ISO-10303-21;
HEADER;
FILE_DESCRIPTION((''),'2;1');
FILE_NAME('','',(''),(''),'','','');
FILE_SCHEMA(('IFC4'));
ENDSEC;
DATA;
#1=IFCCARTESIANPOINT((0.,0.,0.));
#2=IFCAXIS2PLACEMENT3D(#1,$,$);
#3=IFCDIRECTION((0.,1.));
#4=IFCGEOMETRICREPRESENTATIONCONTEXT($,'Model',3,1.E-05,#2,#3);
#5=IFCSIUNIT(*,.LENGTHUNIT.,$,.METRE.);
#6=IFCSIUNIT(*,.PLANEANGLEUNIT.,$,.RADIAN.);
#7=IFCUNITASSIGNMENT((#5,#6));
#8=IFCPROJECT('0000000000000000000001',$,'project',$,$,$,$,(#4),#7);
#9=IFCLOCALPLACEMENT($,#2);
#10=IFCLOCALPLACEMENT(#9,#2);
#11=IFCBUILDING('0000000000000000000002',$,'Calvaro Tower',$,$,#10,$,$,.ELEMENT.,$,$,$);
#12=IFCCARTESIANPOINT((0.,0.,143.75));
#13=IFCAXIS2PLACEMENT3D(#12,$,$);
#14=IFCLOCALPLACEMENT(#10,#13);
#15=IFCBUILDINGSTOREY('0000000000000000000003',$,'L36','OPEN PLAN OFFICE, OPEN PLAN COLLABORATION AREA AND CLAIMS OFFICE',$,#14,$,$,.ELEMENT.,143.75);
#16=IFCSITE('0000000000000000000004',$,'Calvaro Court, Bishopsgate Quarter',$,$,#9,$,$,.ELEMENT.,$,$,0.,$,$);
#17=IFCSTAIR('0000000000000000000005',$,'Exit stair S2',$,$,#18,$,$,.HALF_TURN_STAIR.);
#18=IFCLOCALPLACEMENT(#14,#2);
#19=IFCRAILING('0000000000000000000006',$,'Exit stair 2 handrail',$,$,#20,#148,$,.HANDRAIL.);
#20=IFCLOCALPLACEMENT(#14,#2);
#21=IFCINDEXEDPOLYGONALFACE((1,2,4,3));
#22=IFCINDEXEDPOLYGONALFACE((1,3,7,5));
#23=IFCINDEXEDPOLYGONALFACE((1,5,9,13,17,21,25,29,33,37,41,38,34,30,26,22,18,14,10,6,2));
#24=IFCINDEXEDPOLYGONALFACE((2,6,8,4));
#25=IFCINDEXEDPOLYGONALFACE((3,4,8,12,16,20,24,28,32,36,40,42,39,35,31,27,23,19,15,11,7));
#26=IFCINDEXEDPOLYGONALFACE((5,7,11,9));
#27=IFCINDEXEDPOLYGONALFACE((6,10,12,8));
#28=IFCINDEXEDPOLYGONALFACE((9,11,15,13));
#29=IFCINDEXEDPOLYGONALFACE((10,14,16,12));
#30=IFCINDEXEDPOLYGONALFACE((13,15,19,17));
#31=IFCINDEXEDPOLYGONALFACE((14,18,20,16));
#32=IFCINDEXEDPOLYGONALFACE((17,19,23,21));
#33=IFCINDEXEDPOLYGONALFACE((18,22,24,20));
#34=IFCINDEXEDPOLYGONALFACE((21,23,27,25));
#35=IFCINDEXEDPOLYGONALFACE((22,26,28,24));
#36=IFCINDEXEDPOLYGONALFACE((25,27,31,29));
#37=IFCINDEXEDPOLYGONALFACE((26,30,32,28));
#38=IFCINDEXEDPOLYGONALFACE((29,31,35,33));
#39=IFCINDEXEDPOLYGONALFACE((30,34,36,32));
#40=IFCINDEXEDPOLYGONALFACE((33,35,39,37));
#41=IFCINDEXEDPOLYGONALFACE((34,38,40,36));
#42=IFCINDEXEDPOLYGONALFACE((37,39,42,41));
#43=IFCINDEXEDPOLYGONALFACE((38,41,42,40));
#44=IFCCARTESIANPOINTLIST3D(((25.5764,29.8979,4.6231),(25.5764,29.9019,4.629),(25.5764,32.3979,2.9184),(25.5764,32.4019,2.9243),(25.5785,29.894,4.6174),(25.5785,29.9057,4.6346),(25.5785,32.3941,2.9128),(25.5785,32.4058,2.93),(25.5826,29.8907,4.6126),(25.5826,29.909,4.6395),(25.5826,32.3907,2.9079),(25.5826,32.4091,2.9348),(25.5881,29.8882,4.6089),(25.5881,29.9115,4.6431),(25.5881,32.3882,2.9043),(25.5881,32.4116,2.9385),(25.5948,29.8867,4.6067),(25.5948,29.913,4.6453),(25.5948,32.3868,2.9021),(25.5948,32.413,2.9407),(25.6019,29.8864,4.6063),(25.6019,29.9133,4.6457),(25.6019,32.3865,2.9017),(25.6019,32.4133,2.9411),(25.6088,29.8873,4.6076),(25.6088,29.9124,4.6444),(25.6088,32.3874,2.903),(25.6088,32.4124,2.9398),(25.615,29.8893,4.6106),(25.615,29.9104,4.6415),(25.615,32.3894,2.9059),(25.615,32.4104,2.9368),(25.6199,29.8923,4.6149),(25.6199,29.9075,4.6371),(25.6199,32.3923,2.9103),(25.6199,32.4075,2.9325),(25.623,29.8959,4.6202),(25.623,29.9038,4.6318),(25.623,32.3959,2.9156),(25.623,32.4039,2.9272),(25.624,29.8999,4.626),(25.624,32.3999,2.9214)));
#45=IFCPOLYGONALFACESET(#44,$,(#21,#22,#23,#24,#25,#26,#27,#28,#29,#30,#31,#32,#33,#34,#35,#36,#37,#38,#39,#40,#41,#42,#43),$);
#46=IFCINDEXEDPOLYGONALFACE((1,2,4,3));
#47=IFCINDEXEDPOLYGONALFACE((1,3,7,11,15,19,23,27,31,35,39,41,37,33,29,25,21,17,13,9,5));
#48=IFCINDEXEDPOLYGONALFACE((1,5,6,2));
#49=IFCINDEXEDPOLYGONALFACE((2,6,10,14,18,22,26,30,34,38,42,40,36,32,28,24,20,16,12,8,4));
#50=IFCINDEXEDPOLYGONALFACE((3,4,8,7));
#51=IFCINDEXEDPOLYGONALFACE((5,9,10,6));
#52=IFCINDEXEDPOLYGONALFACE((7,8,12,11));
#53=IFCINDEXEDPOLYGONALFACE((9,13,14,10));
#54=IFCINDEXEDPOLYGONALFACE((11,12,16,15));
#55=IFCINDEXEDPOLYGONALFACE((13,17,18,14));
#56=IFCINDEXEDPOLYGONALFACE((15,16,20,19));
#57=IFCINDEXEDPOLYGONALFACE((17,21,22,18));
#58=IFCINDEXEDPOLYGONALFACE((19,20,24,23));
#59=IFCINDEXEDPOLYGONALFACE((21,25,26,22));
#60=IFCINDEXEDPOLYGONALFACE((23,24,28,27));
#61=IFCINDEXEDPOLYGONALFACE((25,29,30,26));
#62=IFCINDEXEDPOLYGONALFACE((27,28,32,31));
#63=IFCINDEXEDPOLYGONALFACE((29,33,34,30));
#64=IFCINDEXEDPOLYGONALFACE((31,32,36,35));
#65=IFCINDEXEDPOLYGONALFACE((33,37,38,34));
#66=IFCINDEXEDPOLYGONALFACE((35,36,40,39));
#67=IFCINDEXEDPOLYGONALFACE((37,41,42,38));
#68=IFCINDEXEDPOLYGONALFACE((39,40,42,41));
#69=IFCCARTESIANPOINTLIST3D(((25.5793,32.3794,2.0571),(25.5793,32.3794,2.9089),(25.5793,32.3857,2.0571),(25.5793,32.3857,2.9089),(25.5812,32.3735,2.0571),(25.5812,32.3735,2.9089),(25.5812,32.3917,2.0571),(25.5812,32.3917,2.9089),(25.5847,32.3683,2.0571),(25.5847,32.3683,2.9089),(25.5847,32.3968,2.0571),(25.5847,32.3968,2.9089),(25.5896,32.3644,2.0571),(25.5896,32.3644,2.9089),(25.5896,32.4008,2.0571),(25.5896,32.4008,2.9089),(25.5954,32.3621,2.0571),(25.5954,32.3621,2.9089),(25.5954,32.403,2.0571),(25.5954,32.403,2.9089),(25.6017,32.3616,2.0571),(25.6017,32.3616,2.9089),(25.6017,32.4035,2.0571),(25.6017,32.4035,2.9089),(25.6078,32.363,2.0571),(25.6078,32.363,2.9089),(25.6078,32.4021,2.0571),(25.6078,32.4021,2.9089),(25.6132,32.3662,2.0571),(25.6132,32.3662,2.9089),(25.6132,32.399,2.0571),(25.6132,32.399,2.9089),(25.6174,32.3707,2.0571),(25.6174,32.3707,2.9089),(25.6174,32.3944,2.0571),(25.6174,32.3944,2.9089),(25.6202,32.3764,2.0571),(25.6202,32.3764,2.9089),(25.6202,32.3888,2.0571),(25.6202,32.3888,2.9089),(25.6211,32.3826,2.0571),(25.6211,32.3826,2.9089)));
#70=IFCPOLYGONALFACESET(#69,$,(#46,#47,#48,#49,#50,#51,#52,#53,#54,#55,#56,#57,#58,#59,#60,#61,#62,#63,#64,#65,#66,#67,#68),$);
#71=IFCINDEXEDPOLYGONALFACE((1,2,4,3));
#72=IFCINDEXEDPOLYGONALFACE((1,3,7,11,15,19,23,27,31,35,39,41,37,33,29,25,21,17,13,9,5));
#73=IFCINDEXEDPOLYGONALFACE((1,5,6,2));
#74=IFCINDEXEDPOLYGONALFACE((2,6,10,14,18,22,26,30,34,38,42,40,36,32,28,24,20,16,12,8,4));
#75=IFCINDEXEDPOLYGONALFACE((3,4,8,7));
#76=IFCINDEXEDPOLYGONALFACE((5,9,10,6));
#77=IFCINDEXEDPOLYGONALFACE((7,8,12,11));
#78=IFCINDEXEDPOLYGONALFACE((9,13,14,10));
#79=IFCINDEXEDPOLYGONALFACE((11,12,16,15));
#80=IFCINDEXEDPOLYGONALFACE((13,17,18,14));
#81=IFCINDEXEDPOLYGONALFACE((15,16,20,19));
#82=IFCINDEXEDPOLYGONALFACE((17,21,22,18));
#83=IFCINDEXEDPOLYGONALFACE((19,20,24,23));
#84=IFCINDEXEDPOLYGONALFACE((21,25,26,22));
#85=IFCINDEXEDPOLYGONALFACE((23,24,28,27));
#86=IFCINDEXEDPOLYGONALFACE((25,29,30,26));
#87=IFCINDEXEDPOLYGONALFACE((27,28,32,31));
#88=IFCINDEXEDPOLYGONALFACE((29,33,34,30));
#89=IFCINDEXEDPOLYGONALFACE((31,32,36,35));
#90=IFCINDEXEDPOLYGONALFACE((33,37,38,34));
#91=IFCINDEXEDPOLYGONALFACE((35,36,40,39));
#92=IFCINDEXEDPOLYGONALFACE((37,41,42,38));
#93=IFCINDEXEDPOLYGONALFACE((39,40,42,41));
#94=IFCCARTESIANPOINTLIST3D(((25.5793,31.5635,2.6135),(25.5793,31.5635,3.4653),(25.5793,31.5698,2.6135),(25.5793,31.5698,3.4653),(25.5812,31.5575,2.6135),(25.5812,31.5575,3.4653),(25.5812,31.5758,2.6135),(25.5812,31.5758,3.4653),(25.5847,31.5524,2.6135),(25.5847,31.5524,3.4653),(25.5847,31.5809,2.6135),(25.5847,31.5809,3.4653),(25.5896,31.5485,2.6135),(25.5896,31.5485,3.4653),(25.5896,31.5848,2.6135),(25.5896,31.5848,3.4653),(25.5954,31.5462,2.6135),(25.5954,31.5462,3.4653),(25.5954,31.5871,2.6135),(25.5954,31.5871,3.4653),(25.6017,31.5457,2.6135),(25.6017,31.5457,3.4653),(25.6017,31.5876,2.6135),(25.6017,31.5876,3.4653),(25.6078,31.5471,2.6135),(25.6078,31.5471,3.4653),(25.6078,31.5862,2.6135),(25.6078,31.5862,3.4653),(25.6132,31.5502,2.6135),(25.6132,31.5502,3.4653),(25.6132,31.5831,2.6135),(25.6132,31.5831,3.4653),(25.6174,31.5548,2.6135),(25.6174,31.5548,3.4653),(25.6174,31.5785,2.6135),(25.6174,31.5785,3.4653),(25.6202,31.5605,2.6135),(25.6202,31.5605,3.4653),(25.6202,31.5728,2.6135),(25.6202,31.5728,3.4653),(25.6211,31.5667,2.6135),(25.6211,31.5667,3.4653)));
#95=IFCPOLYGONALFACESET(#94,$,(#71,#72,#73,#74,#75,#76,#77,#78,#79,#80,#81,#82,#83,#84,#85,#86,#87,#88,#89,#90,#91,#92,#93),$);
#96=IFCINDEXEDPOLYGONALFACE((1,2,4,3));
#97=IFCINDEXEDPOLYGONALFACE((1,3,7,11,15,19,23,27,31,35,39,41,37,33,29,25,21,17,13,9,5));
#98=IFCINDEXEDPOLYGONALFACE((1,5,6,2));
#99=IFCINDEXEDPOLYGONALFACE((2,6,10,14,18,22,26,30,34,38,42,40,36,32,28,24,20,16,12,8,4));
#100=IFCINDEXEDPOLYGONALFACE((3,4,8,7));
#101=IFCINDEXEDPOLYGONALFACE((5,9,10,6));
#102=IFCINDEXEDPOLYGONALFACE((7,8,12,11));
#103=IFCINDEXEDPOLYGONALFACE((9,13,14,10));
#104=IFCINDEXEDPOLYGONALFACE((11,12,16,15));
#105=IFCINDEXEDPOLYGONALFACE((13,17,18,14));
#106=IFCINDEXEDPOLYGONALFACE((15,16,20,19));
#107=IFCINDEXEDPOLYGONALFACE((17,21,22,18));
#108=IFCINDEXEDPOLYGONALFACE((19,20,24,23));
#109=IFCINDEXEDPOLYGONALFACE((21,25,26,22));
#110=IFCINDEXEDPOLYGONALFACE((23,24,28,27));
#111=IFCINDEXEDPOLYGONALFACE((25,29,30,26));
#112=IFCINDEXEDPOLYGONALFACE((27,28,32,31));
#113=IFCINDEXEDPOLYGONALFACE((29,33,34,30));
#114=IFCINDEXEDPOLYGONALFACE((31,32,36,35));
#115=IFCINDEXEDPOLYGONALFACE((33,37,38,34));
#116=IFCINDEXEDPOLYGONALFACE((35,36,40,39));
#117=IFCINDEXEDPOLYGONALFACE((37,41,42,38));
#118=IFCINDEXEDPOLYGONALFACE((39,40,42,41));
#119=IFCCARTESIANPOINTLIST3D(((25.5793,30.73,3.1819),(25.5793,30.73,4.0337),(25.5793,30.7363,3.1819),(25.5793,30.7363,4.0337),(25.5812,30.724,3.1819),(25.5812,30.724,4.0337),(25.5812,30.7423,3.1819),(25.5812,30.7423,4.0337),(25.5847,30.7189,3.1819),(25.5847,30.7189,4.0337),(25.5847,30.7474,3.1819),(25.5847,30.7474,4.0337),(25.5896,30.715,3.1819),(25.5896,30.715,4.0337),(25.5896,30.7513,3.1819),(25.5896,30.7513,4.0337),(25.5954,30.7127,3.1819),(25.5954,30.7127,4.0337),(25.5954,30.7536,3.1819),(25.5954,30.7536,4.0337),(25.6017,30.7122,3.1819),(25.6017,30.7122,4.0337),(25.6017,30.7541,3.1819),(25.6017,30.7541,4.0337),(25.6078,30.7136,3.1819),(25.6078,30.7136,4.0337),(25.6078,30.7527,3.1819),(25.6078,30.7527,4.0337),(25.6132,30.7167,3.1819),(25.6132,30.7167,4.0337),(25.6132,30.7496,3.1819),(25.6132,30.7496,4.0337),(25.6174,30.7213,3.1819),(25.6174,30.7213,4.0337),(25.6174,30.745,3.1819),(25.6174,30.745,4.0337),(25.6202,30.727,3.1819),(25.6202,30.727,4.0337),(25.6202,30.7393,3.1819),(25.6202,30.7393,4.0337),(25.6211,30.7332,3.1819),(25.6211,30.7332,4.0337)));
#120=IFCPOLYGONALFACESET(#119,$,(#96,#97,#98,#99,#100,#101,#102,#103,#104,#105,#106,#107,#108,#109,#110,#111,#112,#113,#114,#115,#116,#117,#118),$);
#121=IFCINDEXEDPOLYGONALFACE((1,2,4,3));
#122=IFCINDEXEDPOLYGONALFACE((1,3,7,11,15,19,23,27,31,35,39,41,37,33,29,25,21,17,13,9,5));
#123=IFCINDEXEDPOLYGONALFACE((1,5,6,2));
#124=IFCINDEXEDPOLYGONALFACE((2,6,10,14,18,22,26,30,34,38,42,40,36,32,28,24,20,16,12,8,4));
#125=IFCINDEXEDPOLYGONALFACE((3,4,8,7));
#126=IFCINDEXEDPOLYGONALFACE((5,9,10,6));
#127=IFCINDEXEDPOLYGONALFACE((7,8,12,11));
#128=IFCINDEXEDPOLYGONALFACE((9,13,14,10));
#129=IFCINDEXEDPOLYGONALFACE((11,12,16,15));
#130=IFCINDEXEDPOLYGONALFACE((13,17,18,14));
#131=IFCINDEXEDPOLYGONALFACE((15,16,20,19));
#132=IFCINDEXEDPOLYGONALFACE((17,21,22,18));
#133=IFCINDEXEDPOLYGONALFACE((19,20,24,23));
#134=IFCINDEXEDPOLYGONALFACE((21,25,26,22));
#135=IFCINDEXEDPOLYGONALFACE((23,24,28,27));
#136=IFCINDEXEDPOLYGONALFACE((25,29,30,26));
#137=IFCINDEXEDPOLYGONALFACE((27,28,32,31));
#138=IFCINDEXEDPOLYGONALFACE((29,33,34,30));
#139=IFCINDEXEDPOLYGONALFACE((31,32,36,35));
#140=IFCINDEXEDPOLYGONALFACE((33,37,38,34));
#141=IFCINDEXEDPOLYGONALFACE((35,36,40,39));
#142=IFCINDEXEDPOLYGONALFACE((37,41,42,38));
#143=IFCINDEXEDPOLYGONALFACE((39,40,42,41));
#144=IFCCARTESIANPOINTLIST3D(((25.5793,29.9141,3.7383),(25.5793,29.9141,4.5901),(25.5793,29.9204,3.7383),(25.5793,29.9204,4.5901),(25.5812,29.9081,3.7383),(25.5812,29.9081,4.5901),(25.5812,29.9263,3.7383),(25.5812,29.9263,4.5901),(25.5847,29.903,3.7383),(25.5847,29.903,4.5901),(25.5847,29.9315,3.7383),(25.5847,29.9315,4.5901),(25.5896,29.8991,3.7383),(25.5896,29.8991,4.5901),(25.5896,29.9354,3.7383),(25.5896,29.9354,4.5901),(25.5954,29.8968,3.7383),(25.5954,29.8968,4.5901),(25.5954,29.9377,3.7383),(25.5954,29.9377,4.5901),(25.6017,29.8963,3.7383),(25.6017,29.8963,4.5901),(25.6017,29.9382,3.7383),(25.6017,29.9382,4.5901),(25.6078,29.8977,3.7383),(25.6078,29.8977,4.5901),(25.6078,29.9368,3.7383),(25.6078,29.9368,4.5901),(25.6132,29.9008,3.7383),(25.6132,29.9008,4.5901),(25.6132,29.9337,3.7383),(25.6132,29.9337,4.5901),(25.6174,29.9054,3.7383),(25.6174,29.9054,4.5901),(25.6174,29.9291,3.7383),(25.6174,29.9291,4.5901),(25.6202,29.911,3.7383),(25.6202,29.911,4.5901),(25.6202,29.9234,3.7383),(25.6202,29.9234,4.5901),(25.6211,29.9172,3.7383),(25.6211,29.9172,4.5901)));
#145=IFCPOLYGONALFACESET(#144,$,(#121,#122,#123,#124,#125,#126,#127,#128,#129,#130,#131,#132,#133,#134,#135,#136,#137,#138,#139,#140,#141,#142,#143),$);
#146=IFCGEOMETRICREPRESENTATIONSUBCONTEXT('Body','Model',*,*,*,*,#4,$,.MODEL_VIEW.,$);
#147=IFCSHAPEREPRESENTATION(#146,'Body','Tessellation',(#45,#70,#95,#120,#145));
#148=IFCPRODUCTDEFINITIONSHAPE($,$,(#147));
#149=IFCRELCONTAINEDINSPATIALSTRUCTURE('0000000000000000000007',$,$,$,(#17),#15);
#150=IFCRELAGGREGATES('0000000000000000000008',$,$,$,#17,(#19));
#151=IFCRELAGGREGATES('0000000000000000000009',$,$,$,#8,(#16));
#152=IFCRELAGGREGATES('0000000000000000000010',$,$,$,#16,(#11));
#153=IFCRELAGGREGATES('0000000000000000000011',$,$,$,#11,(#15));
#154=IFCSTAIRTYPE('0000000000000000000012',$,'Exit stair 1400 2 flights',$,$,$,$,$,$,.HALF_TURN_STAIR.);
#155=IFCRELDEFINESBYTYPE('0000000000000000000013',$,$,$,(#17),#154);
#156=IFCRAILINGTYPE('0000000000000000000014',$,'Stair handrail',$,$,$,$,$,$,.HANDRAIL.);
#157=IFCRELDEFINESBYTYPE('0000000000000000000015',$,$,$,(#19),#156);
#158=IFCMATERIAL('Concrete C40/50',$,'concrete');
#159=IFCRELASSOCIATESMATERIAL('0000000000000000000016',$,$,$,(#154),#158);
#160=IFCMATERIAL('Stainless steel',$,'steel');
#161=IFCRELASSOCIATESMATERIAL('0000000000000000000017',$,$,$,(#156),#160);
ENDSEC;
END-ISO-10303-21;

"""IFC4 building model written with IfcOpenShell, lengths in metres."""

from ifc_helpers import new_model, si_unit, direction, frame, origin, origin_2d, place, context, subcontext, project, spatial, circle, extrude, material, type_object, element, aggregate, save


model = new_model("IFC4")

# Units and contexts
model_context = context("Model", 3, precision=1e-05, world=origin(), true_north=direction((0.0, 1.0)))
body_context = subcontext(model_context, "Body", "Model", "MODEL_VIEW")
ifc_project = project(units=[si_unit("LENGTHUNIT", "METRE"), si_unit("PLANEANGLEUNIT", "RADIAN")], contexts=[model_context])

# Site, building, storey
site_placement = place(None, origin())
site = spatial("IfcSite", under=ifc_project, at=site_placement, Name="Calvaro Court, Bishopsgate Quarter", CompositionType="ELEMENT", RefElevation=0.0)
building_placement = place(site_placement, origin())
building = spatial("IfcBuilding", under=site, at=building_placement, Name="Calvaro Tower", CompositionType="ELEMENT")
storey_placement = place(building_placement, frame((0.0, 0.0, 143.75)))
storey = spatial("IfcBuildingStorey", under=building, at=storey_placement, Name="L36", Description="OPEN PLAN OFFICE, OPEN PLAN COLLABORATION AREA AND CLAIMS OFFICE", CompositionType="ELEMENT", Elevation=143.75)

# Stair, railing
ifc_material_1 = material(Name="Concrete C40/50", Category="concrete")
stair_type = type_object("IfcStairType", Name="Exit stair 1400 2 flights", PredefinedType="HALF_TURN_STAIR", material=ifc_material_1)
stair_placement = place(storey_placement, origin())
stair = element("IfcStair", 1, at=stair_placement, inside=storey, type_object=stair_type, Name="Exit stair S2", PredefinedType="HALF_TURN_STAIR")
ifc_material_2 = material(Name="Stainless steel", Category="steel")
railing_type = type_object("IfcRailingType", Name="Stair handrail", PredefinedType="HANDRAIL", material=ifc_material_2)
railing_1_placement = place(storey_placement, frame((25.6001, 32.3999, 2.0454)))
railing_1 = element("IfcRailing", 2, at=railing_1_placement, type_object=railing_type, Name="Exit stair 2 handrail", PredefinedType="HANDRAIL", context=body_context, shape_type="SweptSolid", body=[
    extrude(circle(Radius=0.0239, at=origin_2d()), frame((0.0, 0.0, 0.876), z_axis=(0.0, -0.826221, 0.563347), x_axis=(1.0, 0.0, 0.0)), (0.0, 0.0, 1.0), 3.0259),
    extrude(circle(Radius=0.021, at=origin_2d()), frame((0.0, -0.0173, 0.0117)), (0.0, 0.0, 1.0), 0.8518),
    extrude(circle(Radius=0.021, at=origin_2d()), frame((0.0, -0.8333, 0.5681)), (0.0, 0.0, 1.0), 0.8518),
    extrude(circle(Radius=0.021, at=origin_2d()), frame((0.0, -1.6667, 1.1365)), (0.0, 0.0, 1.0), 0.8518),
    extrude(circle(Radius=0.021, at=origin_2d()), frame((0.0, -2.4827, 1.6929)), (0.0, 0.0, 1.0), 0.8518),
])
aggregate(stair, [railing_1])

save(model, "model.ifc")
